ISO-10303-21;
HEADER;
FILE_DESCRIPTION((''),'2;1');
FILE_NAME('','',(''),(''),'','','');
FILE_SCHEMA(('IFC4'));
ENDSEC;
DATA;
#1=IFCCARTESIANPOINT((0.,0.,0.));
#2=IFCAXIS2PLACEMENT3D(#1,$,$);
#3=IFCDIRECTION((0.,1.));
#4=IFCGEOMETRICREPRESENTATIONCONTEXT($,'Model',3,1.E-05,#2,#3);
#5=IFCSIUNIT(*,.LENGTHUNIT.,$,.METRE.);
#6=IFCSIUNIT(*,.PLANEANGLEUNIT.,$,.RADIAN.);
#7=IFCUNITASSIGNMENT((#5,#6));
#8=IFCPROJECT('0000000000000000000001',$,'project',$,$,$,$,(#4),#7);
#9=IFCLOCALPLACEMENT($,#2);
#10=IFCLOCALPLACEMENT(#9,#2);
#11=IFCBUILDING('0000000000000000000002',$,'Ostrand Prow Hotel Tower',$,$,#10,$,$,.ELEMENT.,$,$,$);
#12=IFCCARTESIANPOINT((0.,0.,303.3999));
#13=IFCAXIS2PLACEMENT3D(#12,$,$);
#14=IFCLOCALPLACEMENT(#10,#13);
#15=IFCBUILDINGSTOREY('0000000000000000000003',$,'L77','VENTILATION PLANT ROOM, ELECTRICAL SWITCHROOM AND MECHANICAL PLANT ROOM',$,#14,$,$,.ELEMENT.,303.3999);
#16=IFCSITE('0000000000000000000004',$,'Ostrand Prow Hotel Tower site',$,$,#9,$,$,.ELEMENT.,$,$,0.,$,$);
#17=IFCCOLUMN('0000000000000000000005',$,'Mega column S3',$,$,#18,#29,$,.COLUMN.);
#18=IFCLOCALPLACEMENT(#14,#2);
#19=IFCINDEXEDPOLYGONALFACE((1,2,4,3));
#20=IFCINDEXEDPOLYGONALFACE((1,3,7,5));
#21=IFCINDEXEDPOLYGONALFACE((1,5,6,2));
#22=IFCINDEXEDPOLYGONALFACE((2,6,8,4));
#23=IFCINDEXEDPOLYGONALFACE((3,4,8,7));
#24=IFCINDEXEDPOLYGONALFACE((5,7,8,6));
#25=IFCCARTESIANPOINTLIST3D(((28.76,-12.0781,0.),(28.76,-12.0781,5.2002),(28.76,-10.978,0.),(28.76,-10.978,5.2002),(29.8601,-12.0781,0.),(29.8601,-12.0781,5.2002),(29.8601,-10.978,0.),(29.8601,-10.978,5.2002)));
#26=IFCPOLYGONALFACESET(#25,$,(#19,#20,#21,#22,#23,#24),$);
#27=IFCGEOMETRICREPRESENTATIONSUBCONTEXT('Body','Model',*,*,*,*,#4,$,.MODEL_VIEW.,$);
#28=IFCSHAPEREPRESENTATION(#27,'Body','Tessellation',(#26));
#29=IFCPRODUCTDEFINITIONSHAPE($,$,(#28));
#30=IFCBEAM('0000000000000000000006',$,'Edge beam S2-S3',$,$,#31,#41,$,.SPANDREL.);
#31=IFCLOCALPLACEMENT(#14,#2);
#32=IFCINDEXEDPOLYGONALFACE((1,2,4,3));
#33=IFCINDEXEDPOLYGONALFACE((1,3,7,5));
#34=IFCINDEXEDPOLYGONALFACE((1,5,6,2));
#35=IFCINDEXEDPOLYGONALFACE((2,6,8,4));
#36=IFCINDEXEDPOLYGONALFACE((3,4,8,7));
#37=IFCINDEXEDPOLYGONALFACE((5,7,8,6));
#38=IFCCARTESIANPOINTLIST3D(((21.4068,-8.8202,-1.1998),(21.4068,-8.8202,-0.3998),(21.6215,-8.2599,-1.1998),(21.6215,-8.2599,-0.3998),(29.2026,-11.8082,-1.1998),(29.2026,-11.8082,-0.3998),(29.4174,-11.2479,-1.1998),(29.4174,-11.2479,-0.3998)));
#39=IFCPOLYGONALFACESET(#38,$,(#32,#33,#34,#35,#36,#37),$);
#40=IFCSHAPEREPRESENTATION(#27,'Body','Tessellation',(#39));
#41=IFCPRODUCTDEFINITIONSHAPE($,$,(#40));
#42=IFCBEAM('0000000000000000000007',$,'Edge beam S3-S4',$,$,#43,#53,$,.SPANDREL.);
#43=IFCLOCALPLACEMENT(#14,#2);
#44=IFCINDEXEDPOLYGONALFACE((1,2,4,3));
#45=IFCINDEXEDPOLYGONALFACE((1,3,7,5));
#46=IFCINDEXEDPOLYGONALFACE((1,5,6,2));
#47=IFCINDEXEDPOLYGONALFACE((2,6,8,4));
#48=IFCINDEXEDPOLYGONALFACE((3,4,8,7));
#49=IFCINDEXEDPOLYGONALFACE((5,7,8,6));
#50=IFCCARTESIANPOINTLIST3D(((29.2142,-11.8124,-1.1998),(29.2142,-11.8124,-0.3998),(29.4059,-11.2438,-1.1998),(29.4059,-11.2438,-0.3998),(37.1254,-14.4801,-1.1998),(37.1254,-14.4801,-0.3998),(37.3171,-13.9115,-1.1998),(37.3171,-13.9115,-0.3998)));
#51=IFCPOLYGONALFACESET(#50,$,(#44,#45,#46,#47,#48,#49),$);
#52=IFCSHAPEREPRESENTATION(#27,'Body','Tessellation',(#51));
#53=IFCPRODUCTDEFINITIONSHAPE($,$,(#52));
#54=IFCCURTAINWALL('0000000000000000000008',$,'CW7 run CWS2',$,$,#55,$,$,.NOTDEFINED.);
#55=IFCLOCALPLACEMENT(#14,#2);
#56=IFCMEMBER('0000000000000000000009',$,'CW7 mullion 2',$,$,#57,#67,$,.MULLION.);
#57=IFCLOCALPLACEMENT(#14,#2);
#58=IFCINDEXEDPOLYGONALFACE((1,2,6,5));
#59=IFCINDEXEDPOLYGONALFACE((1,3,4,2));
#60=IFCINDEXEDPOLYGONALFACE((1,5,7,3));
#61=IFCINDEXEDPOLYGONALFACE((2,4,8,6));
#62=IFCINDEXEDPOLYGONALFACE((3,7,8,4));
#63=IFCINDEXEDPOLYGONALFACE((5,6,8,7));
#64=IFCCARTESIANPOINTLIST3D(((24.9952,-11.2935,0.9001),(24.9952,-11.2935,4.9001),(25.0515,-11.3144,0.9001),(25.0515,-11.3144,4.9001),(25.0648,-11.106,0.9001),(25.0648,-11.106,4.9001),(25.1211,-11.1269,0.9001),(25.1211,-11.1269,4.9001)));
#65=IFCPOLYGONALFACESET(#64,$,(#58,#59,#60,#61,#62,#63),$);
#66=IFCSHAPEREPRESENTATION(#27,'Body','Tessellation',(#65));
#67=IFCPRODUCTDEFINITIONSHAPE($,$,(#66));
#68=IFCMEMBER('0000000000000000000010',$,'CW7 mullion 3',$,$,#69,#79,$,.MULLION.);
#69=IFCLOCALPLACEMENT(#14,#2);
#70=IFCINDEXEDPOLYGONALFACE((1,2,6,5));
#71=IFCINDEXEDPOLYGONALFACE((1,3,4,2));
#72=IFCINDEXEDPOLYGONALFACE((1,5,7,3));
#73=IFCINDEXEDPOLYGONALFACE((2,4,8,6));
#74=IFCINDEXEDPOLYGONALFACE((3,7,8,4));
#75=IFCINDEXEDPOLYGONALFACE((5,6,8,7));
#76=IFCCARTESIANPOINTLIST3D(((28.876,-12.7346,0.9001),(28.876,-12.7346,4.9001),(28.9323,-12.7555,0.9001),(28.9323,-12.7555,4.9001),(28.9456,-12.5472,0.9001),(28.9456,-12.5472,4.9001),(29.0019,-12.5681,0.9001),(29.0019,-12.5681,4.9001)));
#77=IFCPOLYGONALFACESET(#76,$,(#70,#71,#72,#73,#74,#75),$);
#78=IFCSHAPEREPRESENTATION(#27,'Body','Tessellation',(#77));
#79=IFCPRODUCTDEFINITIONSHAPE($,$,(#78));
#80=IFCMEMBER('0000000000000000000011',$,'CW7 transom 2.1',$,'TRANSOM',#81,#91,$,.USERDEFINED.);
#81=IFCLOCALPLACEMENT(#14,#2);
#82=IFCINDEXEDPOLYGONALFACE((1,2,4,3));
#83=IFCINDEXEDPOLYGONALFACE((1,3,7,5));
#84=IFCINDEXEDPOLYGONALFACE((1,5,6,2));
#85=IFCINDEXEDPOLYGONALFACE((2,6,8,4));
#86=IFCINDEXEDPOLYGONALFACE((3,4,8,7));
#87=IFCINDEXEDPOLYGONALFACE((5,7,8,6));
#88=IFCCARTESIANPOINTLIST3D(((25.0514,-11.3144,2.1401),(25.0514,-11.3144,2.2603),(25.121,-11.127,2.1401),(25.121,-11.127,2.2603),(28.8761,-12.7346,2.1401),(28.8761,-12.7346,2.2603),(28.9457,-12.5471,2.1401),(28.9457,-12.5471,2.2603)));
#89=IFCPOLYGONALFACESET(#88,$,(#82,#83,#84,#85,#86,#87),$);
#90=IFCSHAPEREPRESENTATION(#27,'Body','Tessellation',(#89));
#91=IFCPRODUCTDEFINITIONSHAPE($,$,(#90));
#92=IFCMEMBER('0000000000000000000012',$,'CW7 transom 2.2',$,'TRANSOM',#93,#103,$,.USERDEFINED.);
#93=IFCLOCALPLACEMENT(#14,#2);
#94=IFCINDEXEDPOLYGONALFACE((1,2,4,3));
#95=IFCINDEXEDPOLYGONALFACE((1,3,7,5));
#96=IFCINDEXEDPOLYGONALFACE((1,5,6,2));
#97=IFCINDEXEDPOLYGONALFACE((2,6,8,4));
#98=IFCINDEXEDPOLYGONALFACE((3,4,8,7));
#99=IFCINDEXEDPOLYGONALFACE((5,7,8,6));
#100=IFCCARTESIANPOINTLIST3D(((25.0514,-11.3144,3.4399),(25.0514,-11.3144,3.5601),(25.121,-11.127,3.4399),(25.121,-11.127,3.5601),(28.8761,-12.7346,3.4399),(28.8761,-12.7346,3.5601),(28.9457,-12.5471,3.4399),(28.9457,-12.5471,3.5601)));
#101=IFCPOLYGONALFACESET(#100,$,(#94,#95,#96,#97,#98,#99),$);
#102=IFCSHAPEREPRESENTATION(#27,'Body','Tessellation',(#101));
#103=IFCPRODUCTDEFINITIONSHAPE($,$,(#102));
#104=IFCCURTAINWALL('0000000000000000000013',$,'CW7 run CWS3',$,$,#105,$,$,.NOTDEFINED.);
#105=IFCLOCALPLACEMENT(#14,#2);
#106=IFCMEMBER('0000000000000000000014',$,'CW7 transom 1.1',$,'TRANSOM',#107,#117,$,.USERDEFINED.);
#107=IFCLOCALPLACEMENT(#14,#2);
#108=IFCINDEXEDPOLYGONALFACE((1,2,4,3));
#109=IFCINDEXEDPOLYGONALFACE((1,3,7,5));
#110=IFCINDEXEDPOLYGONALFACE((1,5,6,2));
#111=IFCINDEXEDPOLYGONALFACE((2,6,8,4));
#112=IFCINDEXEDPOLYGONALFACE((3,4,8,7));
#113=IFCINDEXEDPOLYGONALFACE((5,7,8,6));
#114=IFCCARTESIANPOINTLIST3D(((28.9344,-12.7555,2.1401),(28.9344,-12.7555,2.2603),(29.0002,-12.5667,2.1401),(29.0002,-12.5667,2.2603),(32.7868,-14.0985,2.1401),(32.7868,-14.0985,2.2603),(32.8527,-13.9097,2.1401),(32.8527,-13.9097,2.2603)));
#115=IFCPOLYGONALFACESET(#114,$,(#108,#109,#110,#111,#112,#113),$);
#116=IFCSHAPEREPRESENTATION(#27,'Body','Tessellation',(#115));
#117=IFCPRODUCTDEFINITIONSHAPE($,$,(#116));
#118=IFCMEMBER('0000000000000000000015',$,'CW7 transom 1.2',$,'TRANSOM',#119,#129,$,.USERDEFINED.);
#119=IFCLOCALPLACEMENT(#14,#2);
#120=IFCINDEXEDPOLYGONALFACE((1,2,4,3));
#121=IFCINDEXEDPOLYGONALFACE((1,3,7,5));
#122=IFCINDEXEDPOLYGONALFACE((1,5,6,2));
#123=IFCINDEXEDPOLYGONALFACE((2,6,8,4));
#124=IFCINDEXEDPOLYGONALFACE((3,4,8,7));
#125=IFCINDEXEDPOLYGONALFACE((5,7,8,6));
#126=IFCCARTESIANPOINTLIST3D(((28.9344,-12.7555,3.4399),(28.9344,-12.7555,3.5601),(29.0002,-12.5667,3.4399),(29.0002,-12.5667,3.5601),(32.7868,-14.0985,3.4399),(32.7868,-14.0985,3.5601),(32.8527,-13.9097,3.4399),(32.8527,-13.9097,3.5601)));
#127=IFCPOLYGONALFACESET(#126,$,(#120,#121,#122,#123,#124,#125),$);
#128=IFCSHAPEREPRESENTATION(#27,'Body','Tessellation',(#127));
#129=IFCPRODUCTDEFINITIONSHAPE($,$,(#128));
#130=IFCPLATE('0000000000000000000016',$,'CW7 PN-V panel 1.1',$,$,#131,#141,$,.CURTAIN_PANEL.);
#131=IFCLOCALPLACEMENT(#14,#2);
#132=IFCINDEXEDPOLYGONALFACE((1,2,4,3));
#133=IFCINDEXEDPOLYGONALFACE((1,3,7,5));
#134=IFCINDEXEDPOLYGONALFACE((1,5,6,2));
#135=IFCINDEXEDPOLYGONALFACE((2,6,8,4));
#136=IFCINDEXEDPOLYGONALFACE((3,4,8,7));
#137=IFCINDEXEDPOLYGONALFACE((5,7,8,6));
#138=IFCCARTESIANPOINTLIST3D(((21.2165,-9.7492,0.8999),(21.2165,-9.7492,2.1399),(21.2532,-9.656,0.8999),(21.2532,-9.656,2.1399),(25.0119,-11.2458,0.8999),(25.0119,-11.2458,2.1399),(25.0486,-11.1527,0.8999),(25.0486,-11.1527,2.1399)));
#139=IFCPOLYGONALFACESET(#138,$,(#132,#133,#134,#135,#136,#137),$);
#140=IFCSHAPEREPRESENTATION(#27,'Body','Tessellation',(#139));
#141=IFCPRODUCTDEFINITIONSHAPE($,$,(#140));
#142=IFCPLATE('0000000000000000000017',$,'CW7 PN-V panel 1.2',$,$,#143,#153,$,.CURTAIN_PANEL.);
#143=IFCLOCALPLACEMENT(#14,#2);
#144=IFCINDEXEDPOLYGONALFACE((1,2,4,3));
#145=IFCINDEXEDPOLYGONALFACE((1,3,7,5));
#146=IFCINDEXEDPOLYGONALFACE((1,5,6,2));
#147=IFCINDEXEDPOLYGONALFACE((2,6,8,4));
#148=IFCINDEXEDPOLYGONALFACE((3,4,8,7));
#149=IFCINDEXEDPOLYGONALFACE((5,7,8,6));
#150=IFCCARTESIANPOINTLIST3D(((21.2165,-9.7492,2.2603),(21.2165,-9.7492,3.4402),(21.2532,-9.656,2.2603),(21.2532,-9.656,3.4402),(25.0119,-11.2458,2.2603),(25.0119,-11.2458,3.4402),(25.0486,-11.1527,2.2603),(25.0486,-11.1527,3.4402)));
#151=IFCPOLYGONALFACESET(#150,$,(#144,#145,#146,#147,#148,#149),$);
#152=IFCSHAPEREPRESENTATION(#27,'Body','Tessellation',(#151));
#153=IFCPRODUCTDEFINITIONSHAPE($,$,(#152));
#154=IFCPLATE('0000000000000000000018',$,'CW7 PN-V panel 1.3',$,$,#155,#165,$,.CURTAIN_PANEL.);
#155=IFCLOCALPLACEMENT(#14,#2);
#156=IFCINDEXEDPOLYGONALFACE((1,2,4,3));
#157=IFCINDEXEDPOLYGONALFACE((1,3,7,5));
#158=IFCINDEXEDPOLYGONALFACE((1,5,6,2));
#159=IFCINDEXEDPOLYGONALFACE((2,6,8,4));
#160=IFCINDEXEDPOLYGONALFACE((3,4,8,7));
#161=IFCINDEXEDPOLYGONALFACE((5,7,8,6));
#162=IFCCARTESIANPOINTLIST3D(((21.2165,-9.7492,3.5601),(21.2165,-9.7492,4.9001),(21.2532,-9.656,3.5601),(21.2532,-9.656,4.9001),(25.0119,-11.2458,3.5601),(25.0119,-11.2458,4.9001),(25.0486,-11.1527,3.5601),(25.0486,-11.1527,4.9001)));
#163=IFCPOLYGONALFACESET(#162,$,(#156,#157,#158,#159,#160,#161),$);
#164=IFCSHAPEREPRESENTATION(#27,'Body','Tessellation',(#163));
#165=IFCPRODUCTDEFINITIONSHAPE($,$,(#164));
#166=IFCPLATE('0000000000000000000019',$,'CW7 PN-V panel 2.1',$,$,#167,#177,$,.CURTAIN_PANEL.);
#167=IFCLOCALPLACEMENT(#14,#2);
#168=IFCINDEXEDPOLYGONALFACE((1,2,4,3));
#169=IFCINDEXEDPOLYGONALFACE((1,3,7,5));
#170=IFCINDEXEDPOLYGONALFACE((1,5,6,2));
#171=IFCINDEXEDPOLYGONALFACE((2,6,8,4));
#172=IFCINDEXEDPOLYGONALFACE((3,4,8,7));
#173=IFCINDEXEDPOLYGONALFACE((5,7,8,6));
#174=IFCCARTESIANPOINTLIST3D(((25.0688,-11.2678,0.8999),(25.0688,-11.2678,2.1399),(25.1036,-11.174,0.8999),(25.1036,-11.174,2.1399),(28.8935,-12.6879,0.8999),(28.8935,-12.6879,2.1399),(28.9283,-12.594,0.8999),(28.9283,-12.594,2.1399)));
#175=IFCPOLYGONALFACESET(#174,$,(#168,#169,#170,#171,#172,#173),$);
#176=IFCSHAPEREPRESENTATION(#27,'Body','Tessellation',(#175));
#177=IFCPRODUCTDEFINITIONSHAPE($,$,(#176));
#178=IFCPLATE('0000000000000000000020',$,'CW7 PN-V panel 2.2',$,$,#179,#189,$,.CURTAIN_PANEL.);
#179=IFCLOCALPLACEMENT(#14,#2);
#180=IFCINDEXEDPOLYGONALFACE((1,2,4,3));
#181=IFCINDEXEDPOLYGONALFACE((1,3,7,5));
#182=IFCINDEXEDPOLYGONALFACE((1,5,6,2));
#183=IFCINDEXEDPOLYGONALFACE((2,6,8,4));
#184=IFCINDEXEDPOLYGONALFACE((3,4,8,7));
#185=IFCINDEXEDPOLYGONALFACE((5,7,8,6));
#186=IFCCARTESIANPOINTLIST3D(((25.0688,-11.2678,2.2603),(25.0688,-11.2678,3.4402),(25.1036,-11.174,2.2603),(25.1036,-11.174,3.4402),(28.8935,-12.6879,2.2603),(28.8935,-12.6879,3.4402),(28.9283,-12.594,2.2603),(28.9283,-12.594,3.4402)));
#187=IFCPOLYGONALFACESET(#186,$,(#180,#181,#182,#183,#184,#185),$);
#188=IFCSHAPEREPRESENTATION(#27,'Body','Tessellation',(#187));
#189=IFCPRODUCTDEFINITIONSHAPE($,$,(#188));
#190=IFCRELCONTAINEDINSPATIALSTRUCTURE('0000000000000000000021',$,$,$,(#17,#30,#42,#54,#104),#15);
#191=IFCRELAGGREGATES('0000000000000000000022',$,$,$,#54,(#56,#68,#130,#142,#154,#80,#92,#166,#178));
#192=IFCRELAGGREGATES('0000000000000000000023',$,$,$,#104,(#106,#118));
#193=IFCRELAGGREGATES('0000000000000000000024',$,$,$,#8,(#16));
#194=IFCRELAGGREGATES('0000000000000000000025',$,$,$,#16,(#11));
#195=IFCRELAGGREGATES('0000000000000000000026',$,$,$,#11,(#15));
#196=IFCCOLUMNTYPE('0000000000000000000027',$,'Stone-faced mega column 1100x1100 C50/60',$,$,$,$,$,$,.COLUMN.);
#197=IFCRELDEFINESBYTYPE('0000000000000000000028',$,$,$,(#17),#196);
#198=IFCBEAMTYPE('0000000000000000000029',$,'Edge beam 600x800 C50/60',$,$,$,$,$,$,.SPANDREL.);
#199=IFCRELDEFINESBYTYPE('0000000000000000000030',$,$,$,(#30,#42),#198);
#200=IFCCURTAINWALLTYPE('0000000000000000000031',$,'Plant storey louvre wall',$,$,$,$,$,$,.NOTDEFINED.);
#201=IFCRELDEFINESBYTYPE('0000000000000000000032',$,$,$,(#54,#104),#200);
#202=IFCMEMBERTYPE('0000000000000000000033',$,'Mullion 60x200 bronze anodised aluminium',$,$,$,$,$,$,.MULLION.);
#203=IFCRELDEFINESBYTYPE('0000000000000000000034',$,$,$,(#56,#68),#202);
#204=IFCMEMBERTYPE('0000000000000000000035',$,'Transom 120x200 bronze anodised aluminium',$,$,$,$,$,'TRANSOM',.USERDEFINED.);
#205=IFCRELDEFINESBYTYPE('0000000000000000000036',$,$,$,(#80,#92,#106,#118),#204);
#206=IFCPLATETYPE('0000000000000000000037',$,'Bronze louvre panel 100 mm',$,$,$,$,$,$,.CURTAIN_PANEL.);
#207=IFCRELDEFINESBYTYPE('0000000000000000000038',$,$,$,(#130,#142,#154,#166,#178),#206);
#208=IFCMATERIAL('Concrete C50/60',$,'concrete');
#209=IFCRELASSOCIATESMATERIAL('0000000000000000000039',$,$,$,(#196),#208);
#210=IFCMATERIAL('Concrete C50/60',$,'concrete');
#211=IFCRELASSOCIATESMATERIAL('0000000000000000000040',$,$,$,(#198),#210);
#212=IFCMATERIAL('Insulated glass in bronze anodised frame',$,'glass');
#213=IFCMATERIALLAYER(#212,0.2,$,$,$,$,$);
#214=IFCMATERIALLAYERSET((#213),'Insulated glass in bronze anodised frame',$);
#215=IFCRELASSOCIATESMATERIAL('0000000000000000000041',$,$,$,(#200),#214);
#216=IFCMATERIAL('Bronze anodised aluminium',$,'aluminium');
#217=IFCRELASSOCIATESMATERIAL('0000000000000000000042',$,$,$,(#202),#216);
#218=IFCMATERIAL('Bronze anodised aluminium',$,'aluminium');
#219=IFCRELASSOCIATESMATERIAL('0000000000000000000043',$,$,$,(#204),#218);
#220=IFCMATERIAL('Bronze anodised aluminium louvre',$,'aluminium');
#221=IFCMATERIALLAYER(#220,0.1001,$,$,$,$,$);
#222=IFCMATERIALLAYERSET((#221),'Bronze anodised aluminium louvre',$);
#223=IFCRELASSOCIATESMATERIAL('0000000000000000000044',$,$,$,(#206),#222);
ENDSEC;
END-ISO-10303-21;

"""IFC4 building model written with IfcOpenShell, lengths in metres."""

from ifc_helpers import new_model, si_unit, direction, frame, origin, origin_2d, place, context, subcontext, project, spatial, rectangle, extrude, material, layer, layer_set, material_profile, profile_set, type_object, element, aggregate, save


model = new_model("IFC4")

# Units and contexts
model_context = context("Model", 3, precision=1e-05, world=origin(), true_north=direction((0.0, 1.0)))
body_context = subcontext(model_context, "Body", "Model", "MODEL_VIEW")
ifc_project = project(units=[si_unit("LENGTHUNIT", "METRE"), si_unit("PLANEANGLEUNIT", "RADIAN")], contexts=[model_context])

# Site, building, storey
site_placement = place(None, origin())
site = spatial("IfcSite", under=ifc_project, at=site_placement, Name="Ostrand Prow Hotel Tower site", CompositionType="ELEMENT", RefElevation=0.0)
building_placement = place(site_placement, origin())
building = spatial("IfcBuilding", under=site, at=building_placement, Name="Ostrand Prow Hotel Tower", CompositionType="ELEMENT")
storey_placement = place(building_placement, frame((0.0, 0.0, 303.3999)))
storey = spatial("IfcBuildingStorey", under=building, at=storey_placement, Name="L77", Description="VENTILATION PLANT ROOM, ELECTRICAL SWITCHROOM AND MECHANICAL PLANT ROOM", CompositionType="ELEMENT", Elevation=303.3999)

# Column
ifc_material_1 = material(Name="Concrete C50/60", Category="concrete")
ifc_material_profile_1 = material_profile(ifc_material_1, rectangle(XDim=1.1001, YDim=1.1001, at=origin_2d()), Name="RC 1100x1100")
ifc_profile_set_1 = profile_set([ifc_material_profile_1], Name="Concrete C50/60")
column_type = type_object("IfcColumnType", Name="Stone-faced mega column 1100x1100 C50/60", PredefinedType="COLUMN", material=ifc_profile_set_1)
column_placement = place(storey_placement, frame((29.3101, -11.5281, 0.0), z_axis=(0.0, 0.0, 1.0), x_axis=(1.0, 0.0, 0.0)))
element("IfcColumn", 1, at=column_placement, inside=storey, type_object=column_type, Name="Mega column S3", PredefinedType="COLUMN", context=body_context, shape_type="SweptSolid", body=[
    extrude(rectangle(XDim=1.1001, YDim=1.1001, at=origin_2d()), origin(), (0.0, 0.0, 1.0), 5.2002),
])

# Beams
ifc_material_2 = material(Name="Concrete C50/60", Category="concrete")
ifc_material_profile_2 = material_profile(ifc_material_2, rectangle(XDim=0.6001, YDim=0.8, at=origin_2d()), Name="RC 600x800")
ifc_profile_set_2 = profile_set([ifc_material_profile_2], Name="Concrete C50/60")
beam_type = type_object("IfcBeamType", Name="Edge beam 600x800 C50/60", PredefinedType="SPANDREL", material=ifc_profile_set_2)
for number, where, z_axis, x_axis, name in (
    (2, (21.5142, -8.54, -0.7998), (0.933762, -0.357895, 0.0), (0.357895, 0.933762, 0.0), "Edge beam S2-S3"),
    (3, (29.3101, -11.5281, -0.7998), (0.947575, -0.319533, 0.0), (0.319533, 0.947575, 0.0), "Edge beam S3-S4"),
):
    element("IfcBeam", number, at=place(storey_placement, frame(where, z_axis=z_axis, x_axis=x_axis)), inside=storey, type_object=beam_type, Name=name, PredefinedType="SPANDREL", context=body_context, shape_type="SweptSolid", body=[
        extrude(rectangle(XDim=0.6001, YDim=0.8, at=origin_2d()), origin(), (0.0, 0.0, 1.0), 8.3489),
    ])

# Curtain walls, members
ifc_material_3 = material(Name="Insulated glass in bronze anodised frame", Category="glass")
ifc_layer_1 = layer(ifc_material_3, 0.2)
ifc_layer_set_1 = layer_set([ifc_layer_1], Name="Insulated glass in bronze anodised frame")
curtain_wall_type = type_object("IfcCurtainWallType", Name="Plant storey louvre wall", PredefinedType="NOTDEFINED", material=ifc_layer_set_1)
curtain_wall_1_placement = place(storey_placement, origin())
curtain_wall_1 = element("IfcCurtainWall", 4, at=curtain_wall_1_placement, inside=storey, type_object=curtain_wall_type, Name="CW7 run CWS2", PredefinedType="NOTDEFINED")
ifc_material_4 = material(Name="Bronze anodised aluminium", Category="aluminium")
ifc_material_profile_3 = material_profile(ifc_material_4, rectangle(XDim=0.2, YDim=0.0601, at=origin_2d()), Name="Mullion 60x200 bronze anodised aluminium")
ifc_profile_set_3 = profile_set([ifc_material_profile_3], Name="Bronze anodised aluminium")
member_type_1 = type_object("IfcMemberType", Name="Mullion 60x200 bronze anodised aluminium", PredefinedType="MULLION", material=ifc_profile_set_3)
member_1_placement = place(storey_placement, frame((25.0581, -11.2102, 0.9001), z_axis=(0.0, 0.0, 1.0), x_axis=(0.348071, 0.937468, 0.0)))
member_1 = element("IfcMember", 5, at=member_1_placement, type_object=member_type_1, Name="CW7 mullion 2", PredefinedType="MULLION", context=body_context, shape_type="SweptSolid", body=[
    extrude(rectangle(XDim=0.2, YDim=0.0601, at=origin_2d()), origin(), (0.0, 0.0, 1.0), 4.0),
])
member_2_placement = place(storey_placement, frame((28.939, -12.6514, 0.9001), z_axis=(0.0, 0.0, 1.0), x_axis=(0.348071, 0.937468, 0.0)))
member_2 = element("IfcMember", 6, at=member_2_placement, type_object=member_type_1, Name="CW7 mullion 3", PredefinedType="MULLION", context=body_context, shape_type="SweptSolid", body=[
    extrude(rectangle(XDim=0.2, YDim=0.0601, at=origin_2d()), origin(), (0.0, 0.0, 1.0), 4.0),
])
ifc_material_5 = material(Name="Bronze anodised aluminium", Category="aluminium")
ifc_material_profile_4 = material_profile(ifc_material_5, rectangle(XDim=0.2, YDim=0.1201, at=origin_2d()), Name="Transom 120x200 bronze anodised aluminium")
ifc_profile_set_4 = profile_set([ifc_material_profile_4], Name="Bronze anodised aluminium")
member_type_2 = type_object("IfcMemberType", Name="Transom 120x200 bronze anodised aluminium", ElementType="TRANSOM", PredefinedType="USERDEFINED", material=ifc_profile_set_4)
member_3_placement = place(storey_placement, frame((25.0862, -11.2207, 2.2002), z_axis=(0.93746, -0.348092, 0.0), x_axis=(0.348092, 0.93746, 0.0)))
member_3 = element("IfcMember", 7, at=member_3_placement, type_object=member_type_2, Name="CW7 transom 2.1", ObjectType="TRANSOM", PredefinedType="USERDEFINED", context=body_context, shape_type="SweptSolid", body=[
    extrude(rectangle(XDim=0.2, YDim=0.1201, at=origin_2d()), origin(), (0.0, 0.0, 1.0), 4.0798),
])
member_4_placement = place(storey_placement, frame((25.0862, -11.2207, 3.5), z_axis=(0.93746, -0.348092, 0.0), x_axis=(0.348092, 0.93746, 0.0)))
member_4 = element("IfcMember", 8, at=member_4_placement, type_object=member_type_2, Name="CW7 transom 2.2", ObjectType="TRANSOM", PredefinedType="USERDEFINED", context=body_context, shape_type="SweptSolid", body=[
    extrude(rectangle(XDim=0.2, YDim=0.1201, at=origin_2d()), origin(), (0.0, 0.0, 1.0), 4.0798),
])
curtain_wall_2_placement = place(storey_placement, origin())
curtain_wall_2 = element("IfcCurtainWall", 9, at=curtain_wall_2_placement, inside=storey, type_object=curtain_wall_type, Name="CW7 run CWS3", PredefinedType="NOTDEFINED")
member_5_placement = place(storey_placement, frame((28.9673, -12.6611, 2.2002), z_axis=(0.944268, -0.329177, 0.0), x_axis=(0.329177, 0.944268, 0.0)))
member_5 = element("IfcMember", 10, at=member_5_placement, type_object=member_type_2, Name="CW7 transom 1.1", ObjectType="TRANSOM", PredefinedType="USERDEFINED", context=body_context, shape_type="SweptSolid", body=[
    extrude(rectangle(XDim=0.2, YDim=0.1201, at=origin_2d()), origin(), (0.0, 0.0, 1.0), 4.0798),
])
member_6_placement = place(storey_placement, frame((28.9673, -12.6611, 3.5), z_axis=(0.944268, -0.329177, 0.0), x_axis=(0.329177, 0.944268, 0.0)))
member_6 = element("IfcMember", 11, at=member_6_placement, type_object=member_type_2, Name="CW7 transom 1.2", ObjectType="TRANSOM", PredefinedType="USERDEFINED", context=body_context, shape_type="SweptSolid", body=[
    extrude(rectangle(XDim=0.2, YDim=0.1201, at=origin_2d()), origin(), (0.0, 0.0, 1.0), 4.0798),
])

# Plates
ifc_material_6 = material(Name="Bronze anodised aluminium louvre", Category="aluminium")
ifc_layer_2 = layer(ifc_material_6, 0.1001)
ifc_layer_set_2 = layer_set([ifc_layer_2], Name="Bronze anodised aluminium louvre")
plate_type = type_object("IfcPlateType", Name="Bronze louvre panel 100 mm", PredefinedType="CURTAIN_PANEL", material=ifc_layer_set_2)
plate_1_placement = place(storey_placement, frame((23.1326, -10.4509, 0.8999), z_axis=(0.0, 0.0, 1.0), x_axis=(0.930282, -0.366845, 0.0)))
plate_1 = element("IfcPlate", 12, at=plate_1_placement, type_object=plate_type, Name="CW7 PN-V panel 1.1", PredefinedType="CURTAIN_PANEL", context=body_context, shape_type="SweptSolid", body=[
    extrude(rectangle(XDim=4.0798, YDim=0.1001, at=origin_2d()), origin(), (0.0, 0.0, 1.0), 1.24),
])
plate_2_placement = place(storey_placement, frame((23.1326, -10.4509, 2.2603), z_axis=(0.0, 0.0, 1.0), x_axis=(0.930282, -0.366845, 0.0)))
plate_2 = element("IfcPlate", 13, at=plate_2_placement, type_object=plate_type, Name="CW7 PN-V panel 1.2", PredefinedType="CURTAIN_PANEL", context=body_context, shape_type="SweptSolid", body=[
    extrude(rectangle(XDim=4.0798, YDim=0.1001, at=origin_2d()), origin(), (0.0, 0.0, 1.0), 1.1799),
])
plate_3_placement = place(storey_placement, frame((23.1326, -10.4509, 3.5601), z_axis=(0.0, 0.0, 1.0), x_axis=(0.930282, -0.366845, 0.0)))
plate_3 = element("IfcPlate", 14, at=plate_3_placement, type_object=plate_type, Name="CW7 PN-V panel 1.3", PredefinedType="CURTAIN_PANEL", context=body_context, shape_type="SweptSolid", body=[
    extrude(rectangle(XDim=4.0798, YDim=0.1001, at=origin_2d()), origin(), (0.0, 0.0, 1.0), 1.3401),
])
plate_4_placement = place(storey_placement, frame((26.9985, -11.9309, 0.8999), z_axis=(0.0, 0.0, 1.0), x_axis=(0.937468, -0.348071, 0.0)))
plate_4 = element("IfcPlate", 15, at=plate_4_placement, type_object=plate_type, Name="CW7 PN-V panel 2.1", PredefinedType="CURTAIN_PANEL", context=body_context, shape_type="SweptSolid", body=[
    extrude(rectangle(XDim=4.0798, YDim=0.1001, at=origin_2d()), origin(), (0.0, 0.0, 1.0), 1.24),
])
plate_5_placement = place(storey_placement, frame((26.9985, -11.9309, 2.2603), z_axis=(0.0, 0.0, 1.0), x_axis=(0.937468, -0.348071, 0.0)))
plate_5 = element("IfcPlate", 16, at=plate_5_placement, type_object=plate_type, Name="CW7 PN-V panel 2.2", PredefinedType="CURTAIN_PANEL", context=body_context, shape_type="SweptSolid", body=[
    extrude(rectangle(XDim=4.0798, YDim=0.1001, at=origin_2d()), origin(), (0.0, 0.0, 1.0), 1.1799),
])
aggregate(curtain_wall_1, [member_1, member_2, plate_1, plate_2, plate_3, member_3, member_4, plate_4, plate_5])
aggregate(curtain_wall_2, [member_5, member_6])

save(model, "model.ifc")
